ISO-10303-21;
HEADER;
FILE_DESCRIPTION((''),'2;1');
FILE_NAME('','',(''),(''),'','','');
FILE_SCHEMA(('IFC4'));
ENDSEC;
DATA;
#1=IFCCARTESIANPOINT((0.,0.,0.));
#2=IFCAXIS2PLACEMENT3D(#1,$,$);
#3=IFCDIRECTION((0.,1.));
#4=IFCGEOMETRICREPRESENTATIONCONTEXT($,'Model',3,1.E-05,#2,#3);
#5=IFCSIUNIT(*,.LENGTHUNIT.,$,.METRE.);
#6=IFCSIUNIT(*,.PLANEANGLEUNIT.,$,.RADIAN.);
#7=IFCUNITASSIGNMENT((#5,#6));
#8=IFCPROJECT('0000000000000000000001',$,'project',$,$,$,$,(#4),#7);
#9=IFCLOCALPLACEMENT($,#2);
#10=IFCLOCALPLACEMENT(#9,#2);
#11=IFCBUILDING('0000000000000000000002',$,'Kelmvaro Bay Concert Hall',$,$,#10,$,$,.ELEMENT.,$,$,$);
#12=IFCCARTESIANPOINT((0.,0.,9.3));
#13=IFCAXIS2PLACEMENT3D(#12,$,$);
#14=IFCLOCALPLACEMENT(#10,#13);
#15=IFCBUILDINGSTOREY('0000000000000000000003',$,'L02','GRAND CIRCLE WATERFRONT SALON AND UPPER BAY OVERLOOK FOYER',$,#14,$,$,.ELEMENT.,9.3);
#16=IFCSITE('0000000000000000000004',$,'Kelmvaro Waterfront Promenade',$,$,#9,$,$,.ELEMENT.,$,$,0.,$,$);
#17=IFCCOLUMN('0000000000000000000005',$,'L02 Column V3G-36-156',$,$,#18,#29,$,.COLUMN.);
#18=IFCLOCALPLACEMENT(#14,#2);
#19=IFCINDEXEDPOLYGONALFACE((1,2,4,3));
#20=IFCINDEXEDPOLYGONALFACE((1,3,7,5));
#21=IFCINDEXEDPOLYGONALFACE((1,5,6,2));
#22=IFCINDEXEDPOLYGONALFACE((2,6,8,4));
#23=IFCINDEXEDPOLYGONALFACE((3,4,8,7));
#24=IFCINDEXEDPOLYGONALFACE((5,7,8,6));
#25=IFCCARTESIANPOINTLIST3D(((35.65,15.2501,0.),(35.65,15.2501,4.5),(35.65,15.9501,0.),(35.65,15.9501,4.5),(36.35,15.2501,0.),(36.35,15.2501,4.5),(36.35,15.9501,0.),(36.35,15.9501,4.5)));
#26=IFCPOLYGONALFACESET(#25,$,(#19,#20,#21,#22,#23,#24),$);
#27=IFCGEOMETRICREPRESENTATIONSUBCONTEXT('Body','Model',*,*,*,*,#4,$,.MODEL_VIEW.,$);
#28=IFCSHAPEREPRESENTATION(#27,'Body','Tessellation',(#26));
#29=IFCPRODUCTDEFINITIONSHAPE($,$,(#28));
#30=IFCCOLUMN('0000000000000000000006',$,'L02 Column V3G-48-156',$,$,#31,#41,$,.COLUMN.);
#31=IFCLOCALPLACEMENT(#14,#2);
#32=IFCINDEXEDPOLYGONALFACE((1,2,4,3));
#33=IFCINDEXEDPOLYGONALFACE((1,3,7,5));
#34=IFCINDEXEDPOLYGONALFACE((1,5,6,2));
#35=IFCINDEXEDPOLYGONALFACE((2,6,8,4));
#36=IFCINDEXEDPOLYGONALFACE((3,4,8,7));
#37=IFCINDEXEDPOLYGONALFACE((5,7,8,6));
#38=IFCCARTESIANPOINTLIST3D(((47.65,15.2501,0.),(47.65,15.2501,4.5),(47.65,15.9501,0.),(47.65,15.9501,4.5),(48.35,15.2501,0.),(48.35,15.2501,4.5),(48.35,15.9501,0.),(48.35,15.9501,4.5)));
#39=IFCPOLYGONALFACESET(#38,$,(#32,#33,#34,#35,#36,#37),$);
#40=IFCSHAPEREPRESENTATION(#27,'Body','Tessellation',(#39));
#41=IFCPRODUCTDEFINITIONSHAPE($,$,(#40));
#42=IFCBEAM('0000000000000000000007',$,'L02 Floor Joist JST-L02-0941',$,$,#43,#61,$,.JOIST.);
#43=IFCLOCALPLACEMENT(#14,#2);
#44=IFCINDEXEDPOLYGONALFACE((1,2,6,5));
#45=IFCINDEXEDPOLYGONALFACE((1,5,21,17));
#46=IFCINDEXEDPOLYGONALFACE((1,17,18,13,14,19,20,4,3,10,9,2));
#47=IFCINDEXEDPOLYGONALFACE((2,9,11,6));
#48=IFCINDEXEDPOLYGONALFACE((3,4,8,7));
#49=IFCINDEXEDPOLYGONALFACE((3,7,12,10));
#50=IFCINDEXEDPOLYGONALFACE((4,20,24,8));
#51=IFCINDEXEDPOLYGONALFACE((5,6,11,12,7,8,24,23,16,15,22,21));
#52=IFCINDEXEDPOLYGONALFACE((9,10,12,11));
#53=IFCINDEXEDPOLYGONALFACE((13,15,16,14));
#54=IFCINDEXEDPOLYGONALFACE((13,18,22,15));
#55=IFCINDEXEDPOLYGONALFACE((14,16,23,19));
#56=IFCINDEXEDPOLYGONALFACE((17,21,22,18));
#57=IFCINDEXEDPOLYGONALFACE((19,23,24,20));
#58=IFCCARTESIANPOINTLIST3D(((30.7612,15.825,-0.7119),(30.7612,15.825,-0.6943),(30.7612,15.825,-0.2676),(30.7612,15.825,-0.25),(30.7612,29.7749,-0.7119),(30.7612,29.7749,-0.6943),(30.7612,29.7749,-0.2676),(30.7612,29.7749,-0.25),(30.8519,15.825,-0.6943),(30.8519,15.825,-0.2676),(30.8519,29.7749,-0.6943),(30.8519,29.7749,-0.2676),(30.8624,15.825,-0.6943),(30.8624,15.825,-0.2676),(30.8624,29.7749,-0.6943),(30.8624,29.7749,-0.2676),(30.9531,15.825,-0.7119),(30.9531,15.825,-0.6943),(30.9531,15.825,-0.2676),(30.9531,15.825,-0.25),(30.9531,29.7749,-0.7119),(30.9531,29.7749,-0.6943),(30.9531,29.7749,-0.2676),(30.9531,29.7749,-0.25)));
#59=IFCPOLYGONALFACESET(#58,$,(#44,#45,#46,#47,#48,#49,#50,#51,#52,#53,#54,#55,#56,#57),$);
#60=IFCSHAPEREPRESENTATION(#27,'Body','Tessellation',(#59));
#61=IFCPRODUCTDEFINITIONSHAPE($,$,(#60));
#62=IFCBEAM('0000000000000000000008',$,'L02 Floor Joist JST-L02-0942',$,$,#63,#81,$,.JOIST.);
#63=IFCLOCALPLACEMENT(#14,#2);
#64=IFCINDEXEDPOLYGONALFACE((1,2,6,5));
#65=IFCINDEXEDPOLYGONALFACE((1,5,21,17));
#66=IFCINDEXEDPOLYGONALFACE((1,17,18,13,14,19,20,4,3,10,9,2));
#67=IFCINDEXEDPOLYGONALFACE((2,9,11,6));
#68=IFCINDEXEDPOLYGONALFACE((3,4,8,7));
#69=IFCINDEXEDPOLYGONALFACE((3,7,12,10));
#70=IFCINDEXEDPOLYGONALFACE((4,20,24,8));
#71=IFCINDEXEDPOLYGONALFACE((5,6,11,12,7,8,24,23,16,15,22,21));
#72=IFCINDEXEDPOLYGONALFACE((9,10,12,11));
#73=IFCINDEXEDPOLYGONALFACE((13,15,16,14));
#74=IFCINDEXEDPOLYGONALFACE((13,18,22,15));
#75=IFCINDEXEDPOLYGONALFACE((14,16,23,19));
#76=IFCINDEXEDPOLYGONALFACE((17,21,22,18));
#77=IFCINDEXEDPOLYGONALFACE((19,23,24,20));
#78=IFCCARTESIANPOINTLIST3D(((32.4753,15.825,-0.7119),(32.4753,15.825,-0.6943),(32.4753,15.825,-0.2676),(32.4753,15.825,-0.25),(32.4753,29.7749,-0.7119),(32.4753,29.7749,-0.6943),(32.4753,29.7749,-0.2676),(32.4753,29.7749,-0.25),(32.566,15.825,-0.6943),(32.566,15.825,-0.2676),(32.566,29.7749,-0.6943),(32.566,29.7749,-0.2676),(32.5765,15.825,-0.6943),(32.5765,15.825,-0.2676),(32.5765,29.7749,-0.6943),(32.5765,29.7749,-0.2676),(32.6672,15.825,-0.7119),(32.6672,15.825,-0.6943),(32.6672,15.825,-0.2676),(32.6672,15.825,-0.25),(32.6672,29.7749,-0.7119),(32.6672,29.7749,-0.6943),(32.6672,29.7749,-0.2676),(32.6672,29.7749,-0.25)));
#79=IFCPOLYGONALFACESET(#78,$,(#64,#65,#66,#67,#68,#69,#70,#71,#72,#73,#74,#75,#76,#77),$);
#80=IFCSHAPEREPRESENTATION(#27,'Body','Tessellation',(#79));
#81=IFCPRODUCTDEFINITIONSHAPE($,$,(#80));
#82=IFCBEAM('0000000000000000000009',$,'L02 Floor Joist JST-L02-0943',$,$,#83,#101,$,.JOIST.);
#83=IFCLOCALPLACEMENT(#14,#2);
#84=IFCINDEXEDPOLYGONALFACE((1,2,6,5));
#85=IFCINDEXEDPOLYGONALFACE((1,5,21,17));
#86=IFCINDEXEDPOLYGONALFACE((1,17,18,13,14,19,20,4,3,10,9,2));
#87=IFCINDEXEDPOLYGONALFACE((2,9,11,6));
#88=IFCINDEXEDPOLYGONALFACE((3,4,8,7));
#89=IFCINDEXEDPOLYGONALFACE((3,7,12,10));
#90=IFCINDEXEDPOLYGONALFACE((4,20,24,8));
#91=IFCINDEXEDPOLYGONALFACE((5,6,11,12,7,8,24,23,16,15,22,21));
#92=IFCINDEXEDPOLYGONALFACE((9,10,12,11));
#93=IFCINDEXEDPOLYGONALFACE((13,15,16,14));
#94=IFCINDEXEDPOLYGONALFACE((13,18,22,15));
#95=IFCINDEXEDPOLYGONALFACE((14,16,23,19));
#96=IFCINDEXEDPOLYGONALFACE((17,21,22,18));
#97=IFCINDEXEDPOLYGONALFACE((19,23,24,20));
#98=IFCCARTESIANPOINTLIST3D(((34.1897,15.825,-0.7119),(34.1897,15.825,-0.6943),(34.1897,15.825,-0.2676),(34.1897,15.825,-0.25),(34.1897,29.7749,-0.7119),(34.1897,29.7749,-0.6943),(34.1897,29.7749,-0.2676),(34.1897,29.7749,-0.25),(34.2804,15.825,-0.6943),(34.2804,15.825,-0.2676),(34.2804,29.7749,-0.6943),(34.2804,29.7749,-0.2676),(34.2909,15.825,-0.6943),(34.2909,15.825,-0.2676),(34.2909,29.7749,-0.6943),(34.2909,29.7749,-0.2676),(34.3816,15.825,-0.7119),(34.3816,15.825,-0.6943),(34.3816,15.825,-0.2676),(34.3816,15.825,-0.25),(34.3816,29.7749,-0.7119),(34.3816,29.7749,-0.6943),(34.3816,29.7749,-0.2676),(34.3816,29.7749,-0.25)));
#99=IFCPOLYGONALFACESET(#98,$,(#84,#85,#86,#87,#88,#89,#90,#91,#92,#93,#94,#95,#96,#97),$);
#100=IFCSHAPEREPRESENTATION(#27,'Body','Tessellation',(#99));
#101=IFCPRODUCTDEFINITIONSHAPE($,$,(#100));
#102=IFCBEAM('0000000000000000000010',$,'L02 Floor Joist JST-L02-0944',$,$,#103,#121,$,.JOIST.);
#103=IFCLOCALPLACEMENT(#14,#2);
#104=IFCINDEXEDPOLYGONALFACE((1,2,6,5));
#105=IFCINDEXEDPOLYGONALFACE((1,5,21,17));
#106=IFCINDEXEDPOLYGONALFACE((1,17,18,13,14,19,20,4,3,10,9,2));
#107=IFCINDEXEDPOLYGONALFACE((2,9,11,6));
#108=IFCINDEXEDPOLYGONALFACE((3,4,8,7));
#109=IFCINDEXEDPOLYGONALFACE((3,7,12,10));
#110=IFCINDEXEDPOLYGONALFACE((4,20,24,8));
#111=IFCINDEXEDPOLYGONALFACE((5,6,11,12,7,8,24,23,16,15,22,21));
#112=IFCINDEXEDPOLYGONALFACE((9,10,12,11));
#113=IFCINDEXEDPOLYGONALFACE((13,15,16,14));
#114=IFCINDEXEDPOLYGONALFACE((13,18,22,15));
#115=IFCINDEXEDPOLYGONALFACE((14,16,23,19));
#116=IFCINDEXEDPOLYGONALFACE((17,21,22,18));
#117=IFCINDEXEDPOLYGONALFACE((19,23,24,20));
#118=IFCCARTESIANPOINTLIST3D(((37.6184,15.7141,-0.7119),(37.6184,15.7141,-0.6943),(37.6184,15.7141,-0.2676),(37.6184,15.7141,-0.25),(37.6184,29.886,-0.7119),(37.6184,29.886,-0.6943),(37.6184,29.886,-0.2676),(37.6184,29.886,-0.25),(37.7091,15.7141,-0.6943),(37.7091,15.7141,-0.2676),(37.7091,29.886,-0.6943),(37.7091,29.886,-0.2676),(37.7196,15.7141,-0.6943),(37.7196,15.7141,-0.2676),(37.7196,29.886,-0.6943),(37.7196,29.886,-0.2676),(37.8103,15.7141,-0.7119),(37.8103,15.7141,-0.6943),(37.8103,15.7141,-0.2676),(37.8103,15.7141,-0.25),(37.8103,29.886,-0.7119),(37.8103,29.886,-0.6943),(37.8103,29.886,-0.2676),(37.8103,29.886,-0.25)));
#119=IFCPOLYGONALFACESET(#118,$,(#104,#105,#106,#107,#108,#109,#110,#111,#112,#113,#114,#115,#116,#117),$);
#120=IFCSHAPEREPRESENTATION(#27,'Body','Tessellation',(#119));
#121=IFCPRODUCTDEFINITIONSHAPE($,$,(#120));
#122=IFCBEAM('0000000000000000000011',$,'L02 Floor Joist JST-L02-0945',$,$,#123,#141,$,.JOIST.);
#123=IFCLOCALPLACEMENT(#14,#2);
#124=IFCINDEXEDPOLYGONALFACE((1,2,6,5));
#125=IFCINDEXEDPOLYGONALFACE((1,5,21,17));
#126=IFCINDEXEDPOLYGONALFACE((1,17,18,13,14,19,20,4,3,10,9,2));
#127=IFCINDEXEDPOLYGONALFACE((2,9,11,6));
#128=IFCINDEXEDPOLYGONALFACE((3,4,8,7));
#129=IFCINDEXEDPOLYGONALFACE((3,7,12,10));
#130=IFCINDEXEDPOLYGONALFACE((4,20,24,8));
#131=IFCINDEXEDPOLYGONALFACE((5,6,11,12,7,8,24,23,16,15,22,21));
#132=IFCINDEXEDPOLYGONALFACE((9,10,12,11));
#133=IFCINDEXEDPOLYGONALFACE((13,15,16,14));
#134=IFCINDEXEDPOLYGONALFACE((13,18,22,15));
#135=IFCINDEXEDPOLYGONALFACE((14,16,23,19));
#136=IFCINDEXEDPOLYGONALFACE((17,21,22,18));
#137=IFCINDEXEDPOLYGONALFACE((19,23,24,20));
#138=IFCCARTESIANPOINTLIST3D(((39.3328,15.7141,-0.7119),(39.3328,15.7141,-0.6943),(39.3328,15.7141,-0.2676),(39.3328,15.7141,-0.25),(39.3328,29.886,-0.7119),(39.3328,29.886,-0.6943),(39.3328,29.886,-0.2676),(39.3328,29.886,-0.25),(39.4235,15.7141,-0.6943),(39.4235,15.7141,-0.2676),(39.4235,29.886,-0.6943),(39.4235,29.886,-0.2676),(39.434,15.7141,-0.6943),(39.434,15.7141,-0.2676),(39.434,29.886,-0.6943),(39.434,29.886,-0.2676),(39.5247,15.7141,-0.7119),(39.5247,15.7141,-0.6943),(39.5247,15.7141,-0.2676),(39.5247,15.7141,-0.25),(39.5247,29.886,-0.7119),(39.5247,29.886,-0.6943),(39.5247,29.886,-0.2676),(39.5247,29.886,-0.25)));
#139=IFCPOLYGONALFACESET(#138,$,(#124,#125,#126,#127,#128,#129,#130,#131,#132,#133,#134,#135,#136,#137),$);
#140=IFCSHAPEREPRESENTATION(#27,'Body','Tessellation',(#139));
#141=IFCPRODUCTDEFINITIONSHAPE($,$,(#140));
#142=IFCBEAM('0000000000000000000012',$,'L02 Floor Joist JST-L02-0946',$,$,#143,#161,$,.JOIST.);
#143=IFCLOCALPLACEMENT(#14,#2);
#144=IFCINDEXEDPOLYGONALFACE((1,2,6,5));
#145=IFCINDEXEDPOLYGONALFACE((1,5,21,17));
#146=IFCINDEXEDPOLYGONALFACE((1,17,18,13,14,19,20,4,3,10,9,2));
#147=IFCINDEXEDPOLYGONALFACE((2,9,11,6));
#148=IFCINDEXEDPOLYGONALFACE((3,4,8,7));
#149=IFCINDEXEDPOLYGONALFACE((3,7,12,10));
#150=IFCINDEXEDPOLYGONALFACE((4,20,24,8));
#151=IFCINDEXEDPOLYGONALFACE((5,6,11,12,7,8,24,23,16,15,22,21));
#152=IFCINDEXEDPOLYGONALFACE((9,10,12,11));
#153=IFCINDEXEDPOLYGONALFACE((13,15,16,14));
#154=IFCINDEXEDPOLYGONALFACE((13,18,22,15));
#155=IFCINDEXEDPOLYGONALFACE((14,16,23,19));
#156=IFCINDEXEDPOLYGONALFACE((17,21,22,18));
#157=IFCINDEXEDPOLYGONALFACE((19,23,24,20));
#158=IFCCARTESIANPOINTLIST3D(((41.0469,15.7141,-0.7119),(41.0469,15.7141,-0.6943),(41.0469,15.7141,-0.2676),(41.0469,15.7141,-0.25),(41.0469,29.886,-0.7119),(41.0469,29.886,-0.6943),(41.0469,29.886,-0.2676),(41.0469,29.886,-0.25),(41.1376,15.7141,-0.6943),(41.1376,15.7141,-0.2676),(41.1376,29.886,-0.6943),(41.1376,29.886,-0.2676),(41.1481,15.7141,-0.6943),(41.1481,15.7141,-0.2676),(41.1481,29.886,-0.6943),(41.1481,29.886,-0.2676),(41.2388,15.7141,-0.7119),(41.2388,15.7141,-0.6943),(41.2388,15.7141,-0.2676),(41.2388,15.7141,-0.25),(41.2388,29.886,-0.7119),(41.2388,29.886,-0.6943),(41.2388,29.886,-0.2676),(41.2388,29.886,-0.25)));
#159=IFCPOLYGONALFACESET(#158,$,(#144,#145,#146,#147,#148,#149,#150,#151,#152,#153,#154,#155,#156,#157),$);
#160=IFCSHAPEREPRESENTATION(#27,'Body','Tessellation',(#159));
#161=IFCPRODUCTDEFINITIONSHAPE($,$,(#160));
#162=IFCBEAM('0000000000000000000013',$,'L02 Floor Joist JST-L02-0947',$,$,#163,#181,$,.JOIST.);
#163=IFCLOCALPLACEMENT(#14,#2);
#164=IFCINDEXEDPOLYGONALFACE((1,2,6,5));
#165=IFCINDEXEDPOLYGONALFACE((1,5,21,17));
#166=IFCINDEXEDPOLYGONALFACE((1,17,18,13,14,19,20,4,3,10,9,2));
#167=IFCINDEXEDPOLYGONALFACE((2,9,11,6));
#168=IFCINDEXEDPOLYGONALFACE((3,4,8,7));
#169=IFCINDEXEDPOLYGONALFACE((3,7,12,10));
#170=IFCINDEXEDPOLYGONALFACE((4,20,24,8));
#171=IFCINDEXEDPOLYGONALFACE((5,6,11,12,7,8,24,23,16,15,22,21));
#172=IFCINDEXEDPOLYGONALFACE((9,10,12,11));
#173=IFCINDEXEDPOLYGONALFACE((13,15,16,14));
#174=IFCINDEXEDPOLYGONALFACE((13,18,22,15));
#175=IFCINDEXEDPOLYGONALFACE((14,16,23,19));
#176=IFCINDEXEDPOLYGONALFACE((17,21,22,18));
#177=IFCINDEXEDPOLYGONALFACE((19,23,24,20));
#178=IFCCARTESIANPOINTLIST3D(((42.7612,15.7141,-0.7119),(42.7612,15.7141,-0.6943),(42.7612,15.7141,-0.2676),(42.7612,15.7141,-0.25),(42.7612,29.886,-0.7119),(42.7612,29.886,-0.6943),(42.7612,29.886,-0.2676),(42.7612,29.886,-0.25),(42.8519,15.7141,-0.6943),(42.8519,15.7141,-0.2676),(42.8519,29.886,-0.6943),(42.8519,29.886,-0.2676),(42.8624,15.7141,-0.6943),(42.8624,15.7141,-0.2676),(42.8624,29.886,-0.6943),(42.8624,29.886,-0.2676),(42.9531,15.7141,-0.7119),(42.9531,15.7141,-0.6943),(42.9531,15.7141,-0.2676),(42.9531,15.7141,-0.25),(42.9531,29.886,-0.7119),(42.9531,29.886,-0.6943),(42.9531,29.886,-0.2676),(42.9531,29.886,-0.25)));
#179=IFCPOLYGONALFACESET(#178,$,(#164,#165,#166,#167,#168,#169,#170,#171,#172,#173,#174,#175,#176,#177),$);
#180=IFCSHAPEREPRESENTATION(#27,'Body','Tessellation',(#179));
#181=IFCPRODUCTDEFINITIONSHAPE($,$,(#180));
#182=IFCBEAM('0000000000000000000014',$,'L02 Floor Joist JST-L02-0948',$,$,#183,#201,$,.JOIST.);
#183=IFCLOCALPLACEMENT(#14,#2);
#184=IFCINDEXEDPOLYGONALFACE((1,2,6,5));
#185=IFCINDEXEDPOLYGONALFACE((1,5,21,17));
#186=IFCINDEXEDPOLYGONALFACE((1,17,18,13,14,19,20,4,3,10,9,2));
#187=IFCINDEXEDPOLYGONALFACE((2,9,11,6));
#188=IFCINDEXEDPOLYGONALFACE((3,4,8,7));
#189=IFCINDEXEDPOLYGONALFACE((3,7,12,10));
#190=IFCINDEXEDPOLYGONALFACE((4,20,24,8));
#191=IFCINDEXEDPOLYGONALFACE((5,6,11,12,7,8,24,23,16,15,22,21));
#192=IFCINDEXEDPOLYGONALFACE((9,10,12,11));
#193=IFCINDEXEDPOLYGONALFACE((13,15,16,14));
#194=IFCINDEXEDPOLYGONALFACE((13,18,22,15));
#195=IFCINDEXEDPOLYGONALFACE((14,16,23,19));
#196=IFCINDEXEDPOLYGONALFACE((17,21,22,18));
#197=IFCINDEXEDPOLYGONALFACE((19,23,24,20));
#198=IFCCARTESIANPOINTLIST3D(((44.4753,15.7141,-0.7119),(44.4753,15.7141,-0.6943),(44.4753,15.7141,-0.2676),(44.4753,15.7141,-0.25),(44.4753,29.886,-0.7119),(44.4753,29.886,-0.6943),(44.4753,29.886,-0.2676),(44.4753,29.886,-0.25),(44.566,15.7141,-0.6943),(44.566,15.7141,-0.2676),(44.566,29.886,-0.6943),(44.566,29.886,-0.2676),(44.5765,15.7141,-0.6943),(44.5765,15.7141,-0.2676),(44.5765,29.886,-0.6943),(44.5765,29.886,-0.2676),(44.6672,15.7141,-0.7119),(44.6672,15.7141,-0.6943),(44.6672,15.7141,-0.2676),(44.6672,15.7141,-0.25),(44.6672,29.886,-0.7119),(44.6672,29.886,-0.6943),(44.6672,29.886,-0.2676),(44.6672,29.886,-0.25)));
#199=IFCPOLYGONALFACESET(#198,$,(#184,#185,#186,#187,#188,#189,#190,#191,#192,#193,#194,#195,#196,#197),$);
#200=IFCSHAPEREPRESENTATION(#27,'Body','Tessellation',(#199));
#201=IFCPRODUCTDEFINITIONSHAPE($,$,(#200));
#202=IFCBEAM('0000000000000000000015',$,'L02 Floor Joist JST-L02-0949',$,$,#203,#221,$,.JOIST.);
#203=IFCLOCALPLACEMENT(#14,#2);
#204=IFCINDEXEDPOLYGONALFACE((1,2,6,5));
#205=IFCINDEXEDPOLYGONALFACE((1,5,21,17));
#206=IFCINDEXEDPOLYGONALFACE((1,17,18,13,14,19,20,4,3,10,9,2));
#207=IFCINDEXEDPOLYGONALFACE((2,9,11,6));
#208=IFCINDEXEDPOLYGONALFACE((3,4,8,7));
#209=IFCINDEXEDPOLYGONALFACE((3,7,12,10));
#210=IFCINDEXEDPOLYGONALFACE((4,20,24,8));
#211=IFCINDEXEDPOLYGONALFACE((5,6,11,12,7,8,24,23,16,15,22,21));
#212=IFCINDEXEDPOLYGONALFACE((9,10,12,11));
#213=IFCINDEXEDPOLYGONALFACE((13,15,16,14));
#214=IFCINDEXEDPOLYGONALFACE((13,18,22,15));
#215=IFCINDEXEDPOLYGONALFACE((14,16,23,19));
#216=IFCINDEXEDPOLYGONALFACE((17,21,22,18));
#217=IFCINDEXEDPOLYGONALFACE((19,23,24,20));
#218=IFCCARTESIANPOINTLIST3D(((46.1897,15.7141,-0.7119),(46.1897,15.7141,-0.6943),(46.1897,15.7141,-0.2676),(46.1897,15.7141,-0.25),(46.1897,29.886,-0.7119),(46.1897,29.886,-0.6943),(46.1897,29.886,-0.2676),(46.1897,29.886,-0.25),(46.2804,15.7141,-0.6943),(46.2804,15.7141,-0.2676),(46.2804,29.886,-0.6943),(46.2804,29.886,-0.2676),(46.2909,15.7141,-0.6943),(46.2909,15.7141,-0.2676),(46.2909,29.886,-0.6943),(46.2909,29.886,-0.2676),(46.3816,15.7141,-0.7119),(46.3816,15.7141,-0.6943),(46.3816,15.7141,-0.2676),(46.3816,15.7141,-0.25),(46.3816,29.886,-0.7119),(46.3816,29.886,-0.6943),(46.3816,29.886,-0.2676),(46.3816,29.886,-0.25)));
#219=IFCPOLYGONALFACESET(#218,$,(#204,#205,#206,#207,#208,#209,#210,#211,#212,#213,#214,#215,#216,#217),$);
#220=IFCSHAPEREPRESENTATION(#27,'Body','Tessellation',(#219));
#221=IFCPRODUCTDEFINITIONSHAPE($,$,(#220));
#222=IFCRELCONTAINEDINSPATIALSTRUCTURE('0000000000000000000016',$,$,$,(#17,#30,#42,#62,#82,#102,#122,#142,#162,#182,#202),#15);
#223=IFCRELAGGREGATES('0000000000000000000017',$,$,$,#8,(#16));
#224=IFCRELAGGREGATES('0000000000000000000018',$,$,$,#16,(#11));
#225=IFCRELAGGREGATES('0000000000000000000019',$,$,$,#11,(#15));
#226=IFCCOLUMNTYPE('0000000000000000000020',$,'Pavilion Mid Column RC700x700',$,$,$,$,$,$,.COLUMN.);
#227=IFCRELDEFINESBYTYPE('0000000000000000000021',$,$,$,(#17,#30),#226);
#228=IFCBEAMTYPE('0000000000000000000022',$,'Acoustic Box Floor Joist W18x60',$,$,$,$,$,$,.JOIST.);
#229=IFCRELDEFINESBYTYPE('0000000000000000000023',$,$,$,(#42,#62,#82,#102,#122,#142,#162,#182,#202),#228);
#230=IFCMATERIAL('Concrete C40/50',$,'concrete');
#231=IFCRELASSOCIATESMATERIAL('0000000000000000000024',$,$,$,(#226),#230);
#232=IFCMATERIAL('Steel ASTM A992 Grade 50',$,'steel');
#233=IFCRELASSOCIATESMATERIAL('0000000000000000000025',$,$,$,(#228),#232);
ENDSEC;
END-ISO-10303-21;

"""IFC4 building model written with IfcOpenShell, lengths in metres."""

from ifc_helpers import new_model, si_unit, direction, frame, origin, origin_2d, place, context, subcontext, project, spatial, rectangle, i_section, extrude, material, material_profile, profile_set, type_object, element, save


model = new_model("IFC4")

# Units and contexts
model_context = context("Model", 3, precision=1e-05, world=origin(), true_north=direction((0.0, 1.0)))
body_context = subcontext(model_context, "Body", "Model", "MODEL_VIEW")
ifc_project = project(units=[si_unit("LENGTHUNIT", "METRE"), si_unit("PLANEANGLEUNIT", "RADIAN")], contexts=[model_context])

# Site, building, storey
site_placement = place(None, origin())
site = spatial("IfcSite", under=ifc_project, at=site_placement, Name="Kelmvaro Waterfront Promenade", CompositionType="ELEMENT", RefElevation=0.0)
building_placement = place(site_placement, origin())
building = spatial("IfcBuilding", under=site, at=building_placement, Name="Kelmvaro Bay Concert Hall", CompositionType="ELEMENT")
storey_placement = place(building_placement, frame((0.0, 0.0, 9.3)))
storey = spatial("IfcBuildingStorey", under=building, at=storey_placement, Name="L02", Description="GRAND CIRCLE WATERFRONT SALON AND UPPER BAY OVERLOOK FOYER", CompositionType="ELEMENT", Elevation=9.3)

# Columns
ifc_material_1 = material(Name="Concrete C40/50", Category="concrete")
ifc_material_profile_1 = material_profile(ifc_material_1, rectangle(XDim=0.7, YDim=0.7, at=origin_2d()), Name="RC-COL-700X700")
ifc_profile_set_1 = profile_set([ifc_material_profile_1], Name="Concrete C40/50")
column_type = type_object("IfcColumnType", Name="Pavilion Mid Column RC700x700", PredefinedType="COLUMN", material=ifc_profile_set_1)
for number, where, z_axis, x_axis, name in (
    (1, (36.0, 15.6001, 0.0), (0.0, 0.0, 1.0), (1.0, 0.0, 0.0), "L02 Column V3G-36-156"),
    (2, (48.0, 15.6001, 0.0), (0.0, 0.0, 1.0), (1.0, 0.0, 0.0), "L02 Column V3G-48-156"),
):
    element("IfcColumn", number, at=place(storey_placement, frame(where, z_axis=z_axis, x_axis=x_axis)), inside=storey, type_object=column_type, Name=name, PredefinedType="COLUMN", context=body_context, shape_type="SweptSolid", body=[
        extrude(rectangle(XDim=0.7, YDim=0.7, at=origin_2d()), origin(), (0.0, 0.0, 1.0), 4.5),
    ])

# Beams
ifc_material_2 = material(Name="Steel ASTM A992 Grade 50", Category="steel")
ifc_material_profile_2 = material_profile(ifc_material_2, i_section(OverallWidth=0.1919, OverallDepth=0.4619, WebThickness=0.0105, FlangeThickness=0.0176, at=origin_2d()), Name="W18X60")
ifc_profile_set_2 = profile_set([ifc_material_profile_2], Name="Steel ASTM A992 Grade 50")
beam_type_1 = type_object("IfcBeamType", Name="Acoustic Box Floor Joist W18x60", PredefinedType="JOIST", material=ifc_profile_set_2)
for number, where, z_axis, x_axis, name in (
    (3, (30.8572, 15.825, -0.481), (0.0, 1.0, 0.0), (-1.0, 0.0, 0.0), "L02 Floor Joist JST-L02-0941"),
    (4, (32.5713, 15.825, -0.481), (0.0, 1.0, 0.0), (-1.0, 0.0, 0.0), "L02 Floor Joist JST-L02-0942"),
    (5, (34.2856, 15.825, -0.481), (0.0, 1.0, 0.0), (-1.0, 0.0, 0.0), "L02 Floor Joist JST-L02-0943"),
):
    element("IfcBeam", number, at=place(storey_placement, frame(where, z_axis=z_axis, x_axis=x_axis)), inside=storey, type_object=beam_type_1, Name=name, PredefinedType="JOIST", context=body_context, shape_type="SweptSolid", body=[
        extrude(i_section(OverallWidth=0.1919, OverallDepth=0.4619, WebThickness=0.0105, FlangeThickness=0.0176, at=origin_2d()), origin(), (0.0, 0.0, 1.0), 13.95),
    ])
for number, where, z_axis, x_axis, name in (
    (6, (37.7144, 15.7141, -0.481), (0.0, 1.0, 0.0), (-1.0, 0.0, 0.0), "L02 Floor Joist JST-L02-0944"),
    (7, (39.4287, 15.7141, -0.481), (0.0, 1.0, 0.0), (-1.0, 0.0, 0.0), "L02 Floor Joist JST-L02-0945"),
    (8, (41.1428, 15.7141, -0.481), (0.0, 1.0, 0.0), (-1.0, 0.0, 0.0), "L02 Floor Joist JST-L02-0946"),
    (9, (42.8572, 15.7141, -0.481), (0.0, 1.0, 0.0), (-1.0, 0.0, 0.0), "L02 Floor Joist JST-L02-0947"),
    (10, (44.5713, 15.7141, -0.481), (0.0, 1.0, 0.0), (-1.0, 0.0, 0.0), "L02 Floor Joist JST-L02-0948"),
    (11, (46.2856, 15.7141, -0.481), (0.0, 1.0, 0.0), (-1.0, 0.0, 0.0), "L02 Floor Joist JST-L02-0949"),
):
    element("IfcBeam", number, at=place(storey_placement, frame(where, z_axis=z_axis, x_axis=x_axis)), inside=storey, type_object=beam_type_1, Name=name, PredefinedType="JOIST", context=body_context, shape_type="SweptSolid", body=[
        extrude(i_section(OverallWidth=0.1919, OverallDepth=0.4619, WebThickness=0.0105, FlangeThickness=0.0176, at=origin_2d()), origin(), (0.0, 0.0, 1.0), 14.1719),
    ])

save(model, "model.ifc")
